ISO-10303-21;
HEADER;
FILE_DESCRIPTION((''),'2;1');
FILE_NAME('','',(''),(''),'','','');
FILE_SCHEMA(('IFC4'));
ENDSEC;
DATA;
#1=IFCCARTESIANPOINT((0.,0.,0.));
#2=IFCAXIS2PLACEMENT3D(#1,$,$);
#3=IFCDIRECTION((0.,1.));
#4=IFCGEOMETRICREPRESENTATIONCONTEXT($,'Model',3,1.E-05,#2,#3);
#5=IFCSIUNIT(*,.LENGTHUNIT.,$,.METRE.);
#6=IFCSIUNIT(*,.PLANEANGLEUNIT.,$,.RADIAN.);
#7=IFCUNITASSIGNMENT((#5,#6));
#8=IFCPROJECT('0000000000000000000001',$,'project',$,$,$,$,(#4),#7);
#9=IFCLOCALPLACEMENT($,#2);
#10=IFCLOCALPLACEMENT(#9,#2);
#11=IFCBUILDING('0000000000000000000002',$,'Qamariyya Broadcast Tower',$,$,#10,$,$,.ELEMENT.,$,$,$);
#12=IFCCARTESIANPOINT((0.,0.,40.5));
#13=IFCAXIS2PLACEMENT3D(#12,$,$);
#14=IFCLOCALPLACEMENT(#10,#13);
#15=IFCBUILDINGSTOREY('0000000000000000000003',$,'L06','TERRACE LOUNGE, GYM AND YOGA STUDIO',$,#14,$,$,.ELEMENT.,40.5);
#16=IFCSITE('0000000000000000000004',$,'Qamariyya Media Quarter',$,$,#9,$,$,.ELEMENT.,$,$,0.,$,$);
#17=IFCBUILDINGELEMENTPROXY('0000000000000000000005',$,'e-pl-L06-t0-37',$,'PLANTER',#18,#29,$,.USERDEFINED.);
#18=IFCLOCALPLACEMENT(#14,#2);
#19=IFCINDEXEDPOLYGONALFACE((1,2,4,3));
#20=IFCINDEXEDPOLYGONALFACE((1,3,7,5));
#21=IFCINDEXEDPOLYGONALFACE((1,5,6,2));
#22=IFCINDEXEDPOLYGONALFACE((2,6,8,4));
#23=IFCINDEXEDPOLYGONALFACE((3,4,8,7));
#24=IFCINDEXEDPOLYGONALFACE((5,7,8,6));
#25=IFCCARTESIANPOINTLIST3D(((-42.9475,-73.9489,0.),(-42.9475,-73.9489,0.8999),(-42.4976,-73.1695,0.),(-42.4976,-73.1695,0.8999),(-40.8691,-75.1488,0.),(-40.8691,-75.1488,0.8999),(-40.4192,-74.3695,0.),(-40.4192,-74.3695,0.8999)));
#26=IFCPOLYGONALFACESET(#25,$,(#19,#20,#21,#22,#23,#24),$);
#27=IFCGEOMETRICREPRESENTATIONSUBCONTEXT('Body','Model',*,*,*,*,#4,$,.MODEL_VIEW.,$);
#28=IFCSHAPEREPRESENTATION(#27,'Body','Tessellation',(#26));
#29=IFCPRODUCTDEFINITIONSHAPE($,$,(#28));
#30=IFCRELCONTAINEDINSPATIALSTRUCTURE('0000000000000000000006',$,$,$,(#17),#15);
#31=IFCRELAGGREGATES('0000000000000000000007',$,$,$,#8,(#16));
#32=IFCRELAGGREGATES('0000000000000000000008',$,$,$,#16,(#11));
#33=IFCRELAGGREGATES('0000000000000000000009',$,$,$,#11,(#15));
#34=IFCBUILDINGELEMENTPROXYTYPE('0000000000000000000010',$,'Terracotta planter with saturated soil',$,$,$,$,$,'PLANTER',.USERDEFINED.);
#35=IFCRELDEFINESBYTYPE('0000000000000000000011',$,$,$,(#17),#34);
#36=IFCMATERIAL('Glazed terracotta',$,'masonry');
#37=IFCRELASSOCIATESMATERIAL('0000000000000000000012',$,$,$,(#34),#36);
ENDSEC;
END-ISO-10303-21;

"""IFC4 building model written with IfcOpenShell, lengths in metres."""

from ifc_helpers import new_model, si_unit, direction, frame, origin, origin_2d, place, context, subcontext, project, spatial, rectangle, extrude, material, type_object, element, save


model = new_model("IFC4")

# Units and contexts
model_context = context("Model", 3, precision=1e-05, world=origin(), true_north=direction((0.0, 1.0)))
body_context = subcontext(model_context, "Body", "Model", "MODEL_VIEW")
ifc_project = project(units=[si_unit("LENGTHUNIT", "METRE"), si_unit("PLANEANGLEUNIT", "RADIAN")], contexts=[model_context])

# Site, building, storey
site_placement = place(None, origin())
site = spatial("IfcSite", under=ifc_project, at=site_placement, Name="Qamariyya Media Quarter", CompositionType="ELEMENT", RefElevation=0.0)
building_placement = place(site_placement, origin())
building = spatial("IfcBuilding", under=site, at=building_placement, Name="Qamariyya Broadcast Tower", CompositionType="ELEMENT")
storey_placement = place(building_placement, frame((0.0, 0.0, 40.5)))
storey = spatial("IfcBuildingStorey", under=building, at=storey_placement, Name="L06", Description="TERRACE LOUNGE, GYM AND YOGA STUDIO", CompositionType="ELEMENT", Elevation=40.5)

# Shared definitions
ifc_material_1 = material(Name="Glazed terracotta", Category="masonry")

# Building element proxy
building_element_proxy_type = type_object("IfcBuildingElementProxyType", Name="Terracotta planter with saturated soil", ElementType="PLANTER", PredefinedType="USERDEFINED", material=ifc_material_1)
for number, where, z_axis, x_axis, name in (
    (1, (-41.6833, -74.1592, 0.0), (0.0, 0.0, 1.0), (-0.866025, 0.5, 0.0), "e-pl-L06-t0-37"),
):
    element("IfcBuildingElementProxy", number, at=place(storey_placement, frame(where, z_axis=z_axis, x_axis=x_axis)), inside=storey, type_object=building_element_proxy_type, Name=name, ObjectType="PLANTER", PredefinedType="USERDEFINED", context=body_context, shape_type="SweptSolid", body=[
        extrude(rectangle(XDim=2.3999, YDim=0.8999, at=origin_2d()), origin(), (0.0, 0.0, 1.0), 0.8999),
    ])

save(model, "model.ifc")
